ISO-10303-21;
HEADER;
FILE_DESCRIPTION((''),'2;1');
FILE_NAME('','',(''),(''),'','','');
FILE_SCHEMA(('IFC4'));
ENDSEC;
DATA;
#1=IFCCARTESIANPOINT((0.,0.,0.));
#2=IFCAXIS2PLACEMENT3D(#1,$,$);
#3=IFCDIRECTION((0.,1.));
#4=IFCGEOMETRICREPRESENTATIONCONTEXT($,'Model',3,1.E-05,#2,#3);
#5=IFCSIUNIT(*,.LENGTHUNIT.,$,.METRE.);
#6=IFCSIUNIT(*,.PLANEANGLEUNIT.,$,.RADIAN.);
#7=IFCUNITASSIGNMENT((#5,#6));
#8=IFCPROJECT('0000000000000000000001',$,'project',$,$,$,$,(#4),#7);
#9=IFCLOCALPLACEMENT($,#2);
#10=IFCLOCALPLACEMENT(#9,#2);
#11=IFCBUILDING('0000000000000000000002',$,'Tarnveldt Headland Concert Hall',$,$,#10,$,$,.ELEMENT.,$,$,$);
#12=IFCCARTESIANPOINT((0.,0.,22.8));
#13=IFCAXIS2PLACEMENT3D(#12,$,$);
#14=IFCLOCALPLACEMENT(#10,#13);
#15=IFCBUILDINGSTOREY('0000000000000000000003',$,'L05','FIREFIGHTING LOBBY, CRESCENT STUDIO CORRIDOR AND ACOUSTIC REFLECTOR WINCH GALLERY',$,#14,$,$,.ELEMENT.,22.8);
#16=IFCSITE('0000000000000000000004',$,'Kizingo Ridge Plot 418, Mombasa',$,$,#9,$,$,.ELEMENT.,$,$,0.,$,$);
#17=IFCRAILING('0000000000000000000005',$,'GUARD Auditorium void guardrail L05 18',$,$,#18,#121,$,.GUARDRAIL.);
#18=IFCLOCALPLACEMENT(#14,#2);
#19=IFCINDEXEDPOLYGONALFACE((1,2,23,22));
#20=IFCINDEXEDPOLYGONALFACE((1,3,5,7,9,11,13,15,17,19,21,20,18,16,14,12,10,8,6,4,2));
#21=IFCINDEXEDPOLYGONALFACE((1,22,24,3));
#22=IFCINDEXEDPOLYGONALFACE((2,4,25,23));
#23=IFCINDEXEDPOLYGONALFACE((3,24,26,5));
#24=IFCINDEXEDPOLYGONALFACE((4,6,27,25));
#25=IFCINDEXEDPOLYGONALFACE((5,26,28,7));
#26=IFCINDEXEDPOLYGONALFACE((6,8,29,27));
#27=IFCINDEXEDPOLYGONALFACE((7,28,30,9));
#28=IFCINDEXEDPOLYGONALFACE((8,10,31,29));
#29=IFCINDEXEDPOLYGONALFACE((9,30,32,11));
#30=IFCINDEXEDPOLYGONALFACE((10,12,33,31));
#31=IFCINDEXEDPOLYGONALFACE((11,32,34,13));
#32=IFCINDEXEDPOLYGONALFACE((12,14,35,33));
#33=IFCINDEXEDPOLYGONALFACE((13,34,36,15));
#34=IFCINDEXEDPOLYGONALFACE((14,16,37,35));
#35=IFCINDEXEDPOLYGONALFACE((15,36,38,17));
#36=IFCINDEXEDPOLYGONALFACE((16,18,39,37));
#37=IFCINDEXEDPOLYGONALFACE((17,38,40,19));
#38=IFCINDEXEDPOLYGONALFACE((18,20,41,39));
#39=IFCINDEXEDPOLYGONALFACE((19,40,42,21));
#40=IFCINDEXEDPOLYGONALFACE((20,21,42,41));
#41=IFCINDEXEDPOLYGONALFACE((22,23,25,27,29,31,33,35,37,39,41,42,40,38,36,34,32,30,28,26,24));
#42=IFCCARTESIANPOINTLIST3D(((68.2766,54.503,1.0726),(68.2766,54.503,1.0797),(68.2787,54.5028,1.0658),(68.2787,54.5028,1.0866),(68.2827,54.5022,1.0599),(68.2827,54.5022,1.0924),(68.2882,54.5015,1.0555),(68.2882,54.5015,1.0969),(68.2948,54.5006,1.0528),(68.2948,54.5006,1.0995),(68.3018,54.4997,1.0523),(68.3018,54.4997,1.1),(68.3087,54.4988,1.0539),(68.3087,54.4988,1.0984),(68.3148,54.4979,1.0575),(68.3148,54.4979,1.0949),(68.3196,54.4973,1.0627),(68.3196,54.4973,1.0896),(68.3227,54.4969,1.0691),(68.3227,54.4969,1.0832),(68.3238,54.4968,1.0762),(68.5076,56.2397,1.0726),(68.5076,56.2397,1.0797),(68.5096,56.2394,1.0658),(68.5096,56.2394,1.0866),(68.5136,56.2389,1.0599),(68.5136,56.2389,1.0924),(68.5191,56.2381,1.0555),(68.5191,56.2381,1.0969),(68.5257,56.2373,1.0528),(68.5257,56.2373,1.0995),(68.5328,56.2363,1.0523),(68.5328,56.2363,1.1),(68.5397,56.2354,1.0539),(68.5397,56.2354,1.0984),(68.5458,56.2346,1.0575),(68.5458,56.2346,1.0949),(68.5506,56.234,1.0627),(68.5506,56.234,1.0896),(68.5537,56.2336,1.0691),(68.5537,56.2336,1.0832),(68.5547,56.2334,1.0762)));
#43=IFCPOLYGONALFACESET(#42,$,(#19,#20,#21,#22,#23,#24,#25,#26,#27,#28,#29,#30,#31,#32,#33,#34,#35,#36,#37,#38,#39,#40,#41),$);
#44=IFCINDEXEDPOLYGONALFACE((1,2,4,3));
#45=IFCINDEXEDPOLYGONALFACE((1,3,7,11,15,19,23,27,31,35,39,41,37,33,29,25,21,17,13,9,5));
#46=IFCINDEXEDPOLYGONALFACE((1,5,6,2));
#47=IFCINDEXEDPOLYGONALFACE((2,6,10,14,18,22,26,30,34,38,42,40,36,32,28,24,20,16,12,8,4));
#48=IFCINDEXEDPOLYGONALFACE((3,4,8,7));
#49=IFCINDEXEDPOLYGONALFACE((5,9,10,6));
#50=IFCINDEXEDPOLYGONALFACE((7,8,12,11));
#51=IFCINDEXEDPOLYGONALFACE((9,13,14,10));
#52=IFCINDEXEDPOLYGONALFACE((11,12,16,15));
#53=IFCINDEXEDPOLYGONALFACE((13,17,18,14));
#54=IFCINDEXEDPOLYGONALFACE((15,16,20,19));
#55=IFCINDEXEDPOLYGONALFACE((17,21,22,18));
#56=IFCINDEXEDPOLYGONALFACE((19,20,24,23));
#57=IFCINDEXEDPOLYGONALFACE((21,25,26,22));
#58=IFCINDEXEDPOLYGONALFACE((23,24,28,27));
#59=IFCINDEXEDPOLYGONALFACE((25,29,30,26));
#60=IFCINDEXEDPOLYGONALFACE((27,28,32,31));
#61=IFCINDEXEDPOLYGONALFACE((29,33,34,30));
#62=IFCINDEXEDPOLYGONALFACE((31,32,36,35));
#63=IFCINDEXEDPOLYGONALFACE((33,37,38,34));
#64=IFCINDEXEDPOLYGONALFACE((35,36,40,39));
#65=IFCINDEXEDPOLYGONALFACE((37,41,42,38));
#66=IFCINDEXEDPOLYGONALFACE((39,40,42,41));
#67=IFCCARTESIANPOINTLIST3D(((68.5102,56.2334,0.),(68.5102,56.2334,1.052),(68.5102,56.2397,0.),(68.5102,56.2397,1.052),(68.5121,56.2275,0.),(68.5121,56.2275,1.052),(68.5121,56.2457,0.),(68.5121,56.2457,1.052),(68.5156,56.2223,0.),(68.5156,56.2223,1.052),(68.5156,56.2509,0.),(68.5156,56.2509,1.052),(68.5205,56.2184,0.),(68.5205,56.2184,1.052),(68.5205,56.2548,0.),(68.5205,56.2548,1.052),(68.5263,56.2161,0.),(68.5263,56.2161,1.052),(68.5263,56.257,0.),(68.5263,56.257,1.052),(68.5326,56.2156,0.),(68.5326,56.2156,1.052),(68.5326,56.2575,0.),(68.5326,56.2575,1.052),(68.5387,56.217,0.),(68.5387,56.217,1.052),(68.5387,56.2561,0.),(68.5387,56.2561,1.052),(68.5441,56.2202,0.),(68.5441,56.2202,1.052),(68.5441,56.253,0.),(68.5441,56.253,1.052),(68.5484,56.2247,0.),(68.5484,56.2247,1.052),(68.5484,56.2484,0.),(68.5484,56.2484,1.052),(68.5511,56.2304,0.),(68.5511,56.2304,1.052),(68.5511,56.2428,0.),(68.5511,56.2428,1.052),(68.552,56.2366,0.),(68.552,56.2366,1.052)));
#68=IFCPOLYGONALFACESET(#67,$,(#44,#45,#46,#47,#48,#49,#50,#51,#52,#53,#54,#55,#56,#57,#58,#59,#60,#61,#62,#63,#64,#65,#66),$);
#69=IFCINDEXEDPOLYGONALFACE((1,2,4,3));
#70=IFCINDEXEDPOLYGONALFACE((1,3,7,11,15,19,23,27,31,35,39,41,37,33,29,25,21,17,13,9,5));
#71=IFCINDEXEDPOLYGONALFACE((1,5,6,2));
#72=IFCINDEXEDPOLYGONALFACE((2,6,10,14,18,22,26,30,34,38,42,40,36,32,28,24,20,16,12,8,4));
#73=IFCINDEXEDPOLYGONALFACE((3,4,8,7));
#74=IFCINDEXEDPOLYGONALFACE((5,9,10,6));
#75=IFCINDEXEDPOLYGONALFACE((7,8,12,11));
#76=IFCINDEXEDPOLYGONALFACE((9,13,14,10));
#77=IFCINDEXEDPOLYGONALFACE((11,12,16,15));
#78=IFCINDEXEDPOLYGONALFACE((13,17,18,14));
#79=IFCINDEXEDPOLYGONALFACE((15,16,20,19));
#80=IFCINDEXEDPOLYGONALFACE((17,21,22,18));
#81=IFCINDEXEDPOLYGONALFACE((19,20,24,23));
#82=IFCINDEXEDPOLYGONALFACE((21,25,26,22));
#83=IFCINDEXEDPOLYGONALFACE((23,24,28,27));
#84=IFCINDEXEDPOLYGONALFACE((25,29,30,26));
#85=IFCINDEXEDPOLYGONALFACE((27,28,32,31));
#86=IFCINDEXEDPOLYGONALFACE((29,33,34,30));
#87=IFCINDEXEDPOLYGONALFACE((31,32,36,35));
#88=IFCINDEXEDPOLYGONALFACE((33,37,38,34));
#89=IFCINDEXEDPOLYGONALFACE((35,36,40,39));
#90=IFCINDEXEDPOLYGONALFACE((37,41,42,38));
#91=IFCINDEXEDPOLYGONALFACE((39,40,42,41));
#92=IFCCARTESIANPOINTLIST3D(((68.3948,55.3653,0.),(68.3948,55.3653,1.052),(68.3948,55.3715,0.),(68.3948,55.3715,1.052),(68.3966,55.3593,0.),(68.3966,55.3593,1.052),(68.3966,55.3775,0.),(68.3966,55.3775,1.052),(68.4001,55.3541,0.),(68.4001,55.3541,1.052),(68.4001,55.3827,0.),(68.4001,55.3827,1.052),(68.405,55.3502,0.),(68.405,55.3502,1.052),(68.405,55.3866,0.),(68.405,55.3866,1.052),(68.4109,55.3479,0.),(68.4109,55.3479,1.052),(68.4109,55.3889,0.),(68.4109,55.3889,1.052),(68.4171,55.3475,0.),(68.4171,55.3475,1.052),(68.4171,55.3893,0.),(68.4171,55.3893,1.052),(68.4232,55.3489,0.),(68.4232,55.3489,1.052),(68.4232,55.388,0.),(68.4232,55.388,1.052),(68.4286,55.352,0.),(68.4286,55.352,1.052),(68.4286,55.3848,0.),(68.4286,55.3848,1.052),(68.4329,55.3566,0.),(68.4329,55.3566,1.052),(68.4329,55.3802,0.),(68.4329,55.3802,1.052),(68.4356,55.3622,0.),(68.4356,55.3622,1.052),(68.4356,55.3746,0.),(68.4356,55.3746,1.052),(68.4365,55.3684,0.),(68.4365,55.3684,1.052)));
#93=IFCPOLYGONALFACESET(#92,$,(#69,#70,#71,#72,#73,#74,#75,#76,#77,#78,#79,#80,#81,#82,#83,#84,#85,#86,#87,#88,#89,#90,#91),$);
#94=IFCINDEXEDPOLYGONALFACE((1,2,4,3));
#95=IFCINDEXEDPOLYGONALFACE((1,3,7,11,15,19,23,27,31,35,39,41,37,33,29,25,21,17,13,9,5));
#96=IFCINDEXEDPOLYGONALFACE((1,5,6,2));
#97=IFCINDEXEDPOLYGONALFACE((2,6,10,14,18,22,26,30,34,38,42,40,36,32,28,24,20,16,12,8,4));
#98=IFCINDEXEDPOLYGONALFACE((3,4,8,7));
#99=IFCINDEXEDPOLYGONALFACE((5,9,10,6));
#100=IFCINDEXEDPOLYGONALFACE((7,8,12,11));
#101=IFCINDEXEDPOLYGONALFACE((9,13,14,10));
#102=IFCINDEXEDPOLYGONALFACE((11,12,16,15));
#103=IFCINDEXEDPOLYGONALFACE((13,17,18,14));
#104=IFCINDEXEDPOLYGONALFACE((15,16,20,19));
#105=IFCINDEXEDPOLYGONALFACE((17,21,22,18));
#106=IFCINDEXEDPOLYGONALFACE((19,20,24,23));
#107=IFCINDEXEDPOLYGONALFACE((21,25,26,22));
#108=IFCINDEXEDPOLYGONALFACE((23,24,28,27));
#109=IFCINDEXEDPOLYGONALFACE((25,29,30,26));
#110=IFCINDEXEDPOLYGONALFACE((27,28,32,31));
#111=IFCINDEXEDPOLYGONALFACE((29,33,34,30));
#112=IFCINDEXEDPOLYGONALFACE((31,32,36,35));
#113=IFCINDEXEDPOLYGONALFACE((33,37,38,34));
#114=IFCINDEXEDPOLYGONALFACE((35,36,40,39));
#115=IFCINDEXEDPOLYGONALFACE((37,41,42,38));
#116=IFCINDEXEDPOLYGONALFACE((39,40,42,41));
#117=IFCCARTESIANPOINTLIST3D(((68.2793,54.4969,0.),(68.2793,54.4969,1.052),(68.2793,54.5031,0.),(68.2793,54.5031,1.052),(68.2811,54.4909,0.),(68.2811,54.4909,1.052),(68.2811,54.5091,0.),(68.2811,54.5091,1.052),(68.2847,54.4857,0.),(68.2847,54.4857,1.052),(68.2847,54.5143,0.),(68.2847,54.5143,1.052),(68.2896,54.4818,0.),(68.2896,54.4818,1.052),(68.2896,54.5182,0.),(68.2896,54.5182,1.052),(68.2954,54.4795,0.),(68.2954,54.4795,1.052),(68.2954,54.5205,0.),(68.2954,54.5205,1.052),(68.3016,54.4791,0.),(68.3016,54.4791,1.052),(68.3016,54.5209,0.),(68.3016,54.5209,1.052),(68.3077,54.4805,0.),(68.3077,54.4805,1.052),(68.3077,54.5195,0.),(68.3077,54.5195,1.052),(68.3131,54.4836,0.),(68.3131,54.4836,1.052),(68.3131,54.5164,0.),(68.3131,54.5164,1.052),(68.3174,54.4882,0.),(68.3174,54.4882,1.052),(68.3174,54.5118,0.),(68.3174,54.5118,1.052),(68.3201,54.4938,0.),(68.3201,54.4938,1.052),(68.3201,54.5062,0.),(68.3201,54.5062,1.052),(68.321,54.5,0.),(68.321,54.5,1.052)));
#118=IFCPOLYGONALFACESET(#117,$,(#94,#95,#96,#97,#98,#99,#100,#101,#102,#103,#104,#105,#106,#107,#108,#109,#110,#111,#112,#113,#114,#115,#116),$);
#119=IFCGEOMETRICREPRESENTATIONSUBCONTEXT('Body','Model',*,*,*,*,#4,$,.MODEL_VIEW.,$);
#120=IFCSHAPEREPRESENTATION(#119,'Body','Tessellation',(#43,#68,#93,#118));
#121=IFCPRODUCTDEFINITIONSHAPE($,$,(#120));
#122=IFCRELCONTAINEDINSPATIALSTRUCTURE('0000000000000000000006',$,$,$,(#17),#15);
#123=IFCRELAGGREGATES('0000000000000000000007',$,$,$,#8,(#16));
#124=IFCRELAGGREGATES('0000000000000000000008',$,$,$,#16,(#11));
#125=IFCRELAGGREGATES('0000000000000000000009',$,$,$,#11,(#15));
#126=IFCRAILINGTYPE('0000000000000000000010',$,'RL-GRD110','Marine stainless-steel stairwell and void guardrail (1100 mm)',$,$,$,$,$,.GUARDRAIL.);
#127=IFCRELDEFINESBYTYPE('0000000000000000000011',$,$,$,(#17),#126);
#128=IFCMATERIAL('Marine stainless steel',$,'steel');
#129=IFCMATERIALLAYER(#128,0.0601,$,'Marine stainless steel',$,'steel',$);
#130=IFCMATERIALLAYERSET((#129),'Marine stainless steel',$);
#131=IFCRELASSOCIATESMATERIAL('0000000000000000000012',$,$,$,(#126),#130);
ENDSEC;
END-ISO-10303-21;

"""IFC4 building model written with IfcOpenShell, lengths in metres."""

from ifc_helpers import new_model, si_unit, direction, frame, origin, origin_2d, place, context, subcontext, project, spatial, circle, extrude, material, layer, layer_set, type_object, element, save


model = new_model("IFC4")

# Units and contexts
model_context = context("Model", 3, precision=1e-05, world=origin(), true_north=direction((0.0, 1.0)))
body_context = subcontext(model_context, "Body", "Model", "MODEL_VIEW")
ifc_project = project(units=[si_unit("LENGTHUNIT", "METRE"), si_unit("PLANEANGLEUNIT", "RADIAN")], contexts=[model_context])

# Site, building, storey
site_placement = place(None, origin())
site = spatial("IfcSite", under=ifc_project, at=site_placement, Name="Kizingo Ridge Plot 418, Mombasa", CompositionType="ELEMENT", RefElevation=0.0)
building_placement = place(site_placement, origin())
building = spatial("IfcBuilding", under=site, at=building_placement, Name="Tarnveldt Headland Concert Hall", CompositionType="ELEMENT")
storey_placement = place(building_placement, frame((0.0, 0.0, 22.8)))
storey = spatial("IfcBuildingStorey", under=building, at=storey_placement, Name="L05", Description="FIREFIGHTING LOBBY, CRESCENT STUDIO CORRIDOR AND ACOUSTIC REFLECTOR WINCH GALLERY", CompositionType="ELEMENT", Elevation=22.8)

# Railing
ifc_material_1 = material(Name="Marine stainless steel", Category="steel")
ifc_layer_1 = layer(ifc_material_1, 0.0601, Name="Marine stainless steel", Category="steel")
ifc_layer_set_1 = layer_set([ifc_layer_1], Name="Marine stainless steel")
railing_type = type_object("IfcRailingType", Name="RL-GRD110", Description="Marine stainless-steel stairwell and void guardrail (1100 mm)", PredefinedType="GUARDRAIL", material=ifc_layer_set_1)
railing_1_placement = place(storey_placement, frame((68.531, 56.2366, 0.0)))
element("IfcRailing", 1, at=railing_1_placement, inside=storey, type_object=railing_type, Name="GUARD Auditorium void guardrail L05 18", PredefinedType="GUARDRAIL", context=body_context, shape_type="SweptSolid", body=[
    extrude(circle(Radius=0.0239, at=origin_2d()), frame((0.0, 0.0, 1.0762), z_axis=(-0.131835, -0.991272, 0.0), x_axis=(0.991272, -0.131835, 0.0)), (0.0, 0.0, 1.0), 1.752),
    extrude(circle(Radius=0.021, at=origin_2d()), origin(), (0.0, 0.0, 1.0), 1.052),
    extrude(circle(Radius=0.021, at=origin_2d()), frame((-0.1155, -0.8682, 0.0)), (0.0, 0.0, 1.0), 1.052),
    extrude(circle(Radius=0.021, at=origin_2d()), frame((-0.231, -1.7366, 0.0)), (0.0, 0.0, 1.0), 1.052),
])

save(model, "model.ifc")
